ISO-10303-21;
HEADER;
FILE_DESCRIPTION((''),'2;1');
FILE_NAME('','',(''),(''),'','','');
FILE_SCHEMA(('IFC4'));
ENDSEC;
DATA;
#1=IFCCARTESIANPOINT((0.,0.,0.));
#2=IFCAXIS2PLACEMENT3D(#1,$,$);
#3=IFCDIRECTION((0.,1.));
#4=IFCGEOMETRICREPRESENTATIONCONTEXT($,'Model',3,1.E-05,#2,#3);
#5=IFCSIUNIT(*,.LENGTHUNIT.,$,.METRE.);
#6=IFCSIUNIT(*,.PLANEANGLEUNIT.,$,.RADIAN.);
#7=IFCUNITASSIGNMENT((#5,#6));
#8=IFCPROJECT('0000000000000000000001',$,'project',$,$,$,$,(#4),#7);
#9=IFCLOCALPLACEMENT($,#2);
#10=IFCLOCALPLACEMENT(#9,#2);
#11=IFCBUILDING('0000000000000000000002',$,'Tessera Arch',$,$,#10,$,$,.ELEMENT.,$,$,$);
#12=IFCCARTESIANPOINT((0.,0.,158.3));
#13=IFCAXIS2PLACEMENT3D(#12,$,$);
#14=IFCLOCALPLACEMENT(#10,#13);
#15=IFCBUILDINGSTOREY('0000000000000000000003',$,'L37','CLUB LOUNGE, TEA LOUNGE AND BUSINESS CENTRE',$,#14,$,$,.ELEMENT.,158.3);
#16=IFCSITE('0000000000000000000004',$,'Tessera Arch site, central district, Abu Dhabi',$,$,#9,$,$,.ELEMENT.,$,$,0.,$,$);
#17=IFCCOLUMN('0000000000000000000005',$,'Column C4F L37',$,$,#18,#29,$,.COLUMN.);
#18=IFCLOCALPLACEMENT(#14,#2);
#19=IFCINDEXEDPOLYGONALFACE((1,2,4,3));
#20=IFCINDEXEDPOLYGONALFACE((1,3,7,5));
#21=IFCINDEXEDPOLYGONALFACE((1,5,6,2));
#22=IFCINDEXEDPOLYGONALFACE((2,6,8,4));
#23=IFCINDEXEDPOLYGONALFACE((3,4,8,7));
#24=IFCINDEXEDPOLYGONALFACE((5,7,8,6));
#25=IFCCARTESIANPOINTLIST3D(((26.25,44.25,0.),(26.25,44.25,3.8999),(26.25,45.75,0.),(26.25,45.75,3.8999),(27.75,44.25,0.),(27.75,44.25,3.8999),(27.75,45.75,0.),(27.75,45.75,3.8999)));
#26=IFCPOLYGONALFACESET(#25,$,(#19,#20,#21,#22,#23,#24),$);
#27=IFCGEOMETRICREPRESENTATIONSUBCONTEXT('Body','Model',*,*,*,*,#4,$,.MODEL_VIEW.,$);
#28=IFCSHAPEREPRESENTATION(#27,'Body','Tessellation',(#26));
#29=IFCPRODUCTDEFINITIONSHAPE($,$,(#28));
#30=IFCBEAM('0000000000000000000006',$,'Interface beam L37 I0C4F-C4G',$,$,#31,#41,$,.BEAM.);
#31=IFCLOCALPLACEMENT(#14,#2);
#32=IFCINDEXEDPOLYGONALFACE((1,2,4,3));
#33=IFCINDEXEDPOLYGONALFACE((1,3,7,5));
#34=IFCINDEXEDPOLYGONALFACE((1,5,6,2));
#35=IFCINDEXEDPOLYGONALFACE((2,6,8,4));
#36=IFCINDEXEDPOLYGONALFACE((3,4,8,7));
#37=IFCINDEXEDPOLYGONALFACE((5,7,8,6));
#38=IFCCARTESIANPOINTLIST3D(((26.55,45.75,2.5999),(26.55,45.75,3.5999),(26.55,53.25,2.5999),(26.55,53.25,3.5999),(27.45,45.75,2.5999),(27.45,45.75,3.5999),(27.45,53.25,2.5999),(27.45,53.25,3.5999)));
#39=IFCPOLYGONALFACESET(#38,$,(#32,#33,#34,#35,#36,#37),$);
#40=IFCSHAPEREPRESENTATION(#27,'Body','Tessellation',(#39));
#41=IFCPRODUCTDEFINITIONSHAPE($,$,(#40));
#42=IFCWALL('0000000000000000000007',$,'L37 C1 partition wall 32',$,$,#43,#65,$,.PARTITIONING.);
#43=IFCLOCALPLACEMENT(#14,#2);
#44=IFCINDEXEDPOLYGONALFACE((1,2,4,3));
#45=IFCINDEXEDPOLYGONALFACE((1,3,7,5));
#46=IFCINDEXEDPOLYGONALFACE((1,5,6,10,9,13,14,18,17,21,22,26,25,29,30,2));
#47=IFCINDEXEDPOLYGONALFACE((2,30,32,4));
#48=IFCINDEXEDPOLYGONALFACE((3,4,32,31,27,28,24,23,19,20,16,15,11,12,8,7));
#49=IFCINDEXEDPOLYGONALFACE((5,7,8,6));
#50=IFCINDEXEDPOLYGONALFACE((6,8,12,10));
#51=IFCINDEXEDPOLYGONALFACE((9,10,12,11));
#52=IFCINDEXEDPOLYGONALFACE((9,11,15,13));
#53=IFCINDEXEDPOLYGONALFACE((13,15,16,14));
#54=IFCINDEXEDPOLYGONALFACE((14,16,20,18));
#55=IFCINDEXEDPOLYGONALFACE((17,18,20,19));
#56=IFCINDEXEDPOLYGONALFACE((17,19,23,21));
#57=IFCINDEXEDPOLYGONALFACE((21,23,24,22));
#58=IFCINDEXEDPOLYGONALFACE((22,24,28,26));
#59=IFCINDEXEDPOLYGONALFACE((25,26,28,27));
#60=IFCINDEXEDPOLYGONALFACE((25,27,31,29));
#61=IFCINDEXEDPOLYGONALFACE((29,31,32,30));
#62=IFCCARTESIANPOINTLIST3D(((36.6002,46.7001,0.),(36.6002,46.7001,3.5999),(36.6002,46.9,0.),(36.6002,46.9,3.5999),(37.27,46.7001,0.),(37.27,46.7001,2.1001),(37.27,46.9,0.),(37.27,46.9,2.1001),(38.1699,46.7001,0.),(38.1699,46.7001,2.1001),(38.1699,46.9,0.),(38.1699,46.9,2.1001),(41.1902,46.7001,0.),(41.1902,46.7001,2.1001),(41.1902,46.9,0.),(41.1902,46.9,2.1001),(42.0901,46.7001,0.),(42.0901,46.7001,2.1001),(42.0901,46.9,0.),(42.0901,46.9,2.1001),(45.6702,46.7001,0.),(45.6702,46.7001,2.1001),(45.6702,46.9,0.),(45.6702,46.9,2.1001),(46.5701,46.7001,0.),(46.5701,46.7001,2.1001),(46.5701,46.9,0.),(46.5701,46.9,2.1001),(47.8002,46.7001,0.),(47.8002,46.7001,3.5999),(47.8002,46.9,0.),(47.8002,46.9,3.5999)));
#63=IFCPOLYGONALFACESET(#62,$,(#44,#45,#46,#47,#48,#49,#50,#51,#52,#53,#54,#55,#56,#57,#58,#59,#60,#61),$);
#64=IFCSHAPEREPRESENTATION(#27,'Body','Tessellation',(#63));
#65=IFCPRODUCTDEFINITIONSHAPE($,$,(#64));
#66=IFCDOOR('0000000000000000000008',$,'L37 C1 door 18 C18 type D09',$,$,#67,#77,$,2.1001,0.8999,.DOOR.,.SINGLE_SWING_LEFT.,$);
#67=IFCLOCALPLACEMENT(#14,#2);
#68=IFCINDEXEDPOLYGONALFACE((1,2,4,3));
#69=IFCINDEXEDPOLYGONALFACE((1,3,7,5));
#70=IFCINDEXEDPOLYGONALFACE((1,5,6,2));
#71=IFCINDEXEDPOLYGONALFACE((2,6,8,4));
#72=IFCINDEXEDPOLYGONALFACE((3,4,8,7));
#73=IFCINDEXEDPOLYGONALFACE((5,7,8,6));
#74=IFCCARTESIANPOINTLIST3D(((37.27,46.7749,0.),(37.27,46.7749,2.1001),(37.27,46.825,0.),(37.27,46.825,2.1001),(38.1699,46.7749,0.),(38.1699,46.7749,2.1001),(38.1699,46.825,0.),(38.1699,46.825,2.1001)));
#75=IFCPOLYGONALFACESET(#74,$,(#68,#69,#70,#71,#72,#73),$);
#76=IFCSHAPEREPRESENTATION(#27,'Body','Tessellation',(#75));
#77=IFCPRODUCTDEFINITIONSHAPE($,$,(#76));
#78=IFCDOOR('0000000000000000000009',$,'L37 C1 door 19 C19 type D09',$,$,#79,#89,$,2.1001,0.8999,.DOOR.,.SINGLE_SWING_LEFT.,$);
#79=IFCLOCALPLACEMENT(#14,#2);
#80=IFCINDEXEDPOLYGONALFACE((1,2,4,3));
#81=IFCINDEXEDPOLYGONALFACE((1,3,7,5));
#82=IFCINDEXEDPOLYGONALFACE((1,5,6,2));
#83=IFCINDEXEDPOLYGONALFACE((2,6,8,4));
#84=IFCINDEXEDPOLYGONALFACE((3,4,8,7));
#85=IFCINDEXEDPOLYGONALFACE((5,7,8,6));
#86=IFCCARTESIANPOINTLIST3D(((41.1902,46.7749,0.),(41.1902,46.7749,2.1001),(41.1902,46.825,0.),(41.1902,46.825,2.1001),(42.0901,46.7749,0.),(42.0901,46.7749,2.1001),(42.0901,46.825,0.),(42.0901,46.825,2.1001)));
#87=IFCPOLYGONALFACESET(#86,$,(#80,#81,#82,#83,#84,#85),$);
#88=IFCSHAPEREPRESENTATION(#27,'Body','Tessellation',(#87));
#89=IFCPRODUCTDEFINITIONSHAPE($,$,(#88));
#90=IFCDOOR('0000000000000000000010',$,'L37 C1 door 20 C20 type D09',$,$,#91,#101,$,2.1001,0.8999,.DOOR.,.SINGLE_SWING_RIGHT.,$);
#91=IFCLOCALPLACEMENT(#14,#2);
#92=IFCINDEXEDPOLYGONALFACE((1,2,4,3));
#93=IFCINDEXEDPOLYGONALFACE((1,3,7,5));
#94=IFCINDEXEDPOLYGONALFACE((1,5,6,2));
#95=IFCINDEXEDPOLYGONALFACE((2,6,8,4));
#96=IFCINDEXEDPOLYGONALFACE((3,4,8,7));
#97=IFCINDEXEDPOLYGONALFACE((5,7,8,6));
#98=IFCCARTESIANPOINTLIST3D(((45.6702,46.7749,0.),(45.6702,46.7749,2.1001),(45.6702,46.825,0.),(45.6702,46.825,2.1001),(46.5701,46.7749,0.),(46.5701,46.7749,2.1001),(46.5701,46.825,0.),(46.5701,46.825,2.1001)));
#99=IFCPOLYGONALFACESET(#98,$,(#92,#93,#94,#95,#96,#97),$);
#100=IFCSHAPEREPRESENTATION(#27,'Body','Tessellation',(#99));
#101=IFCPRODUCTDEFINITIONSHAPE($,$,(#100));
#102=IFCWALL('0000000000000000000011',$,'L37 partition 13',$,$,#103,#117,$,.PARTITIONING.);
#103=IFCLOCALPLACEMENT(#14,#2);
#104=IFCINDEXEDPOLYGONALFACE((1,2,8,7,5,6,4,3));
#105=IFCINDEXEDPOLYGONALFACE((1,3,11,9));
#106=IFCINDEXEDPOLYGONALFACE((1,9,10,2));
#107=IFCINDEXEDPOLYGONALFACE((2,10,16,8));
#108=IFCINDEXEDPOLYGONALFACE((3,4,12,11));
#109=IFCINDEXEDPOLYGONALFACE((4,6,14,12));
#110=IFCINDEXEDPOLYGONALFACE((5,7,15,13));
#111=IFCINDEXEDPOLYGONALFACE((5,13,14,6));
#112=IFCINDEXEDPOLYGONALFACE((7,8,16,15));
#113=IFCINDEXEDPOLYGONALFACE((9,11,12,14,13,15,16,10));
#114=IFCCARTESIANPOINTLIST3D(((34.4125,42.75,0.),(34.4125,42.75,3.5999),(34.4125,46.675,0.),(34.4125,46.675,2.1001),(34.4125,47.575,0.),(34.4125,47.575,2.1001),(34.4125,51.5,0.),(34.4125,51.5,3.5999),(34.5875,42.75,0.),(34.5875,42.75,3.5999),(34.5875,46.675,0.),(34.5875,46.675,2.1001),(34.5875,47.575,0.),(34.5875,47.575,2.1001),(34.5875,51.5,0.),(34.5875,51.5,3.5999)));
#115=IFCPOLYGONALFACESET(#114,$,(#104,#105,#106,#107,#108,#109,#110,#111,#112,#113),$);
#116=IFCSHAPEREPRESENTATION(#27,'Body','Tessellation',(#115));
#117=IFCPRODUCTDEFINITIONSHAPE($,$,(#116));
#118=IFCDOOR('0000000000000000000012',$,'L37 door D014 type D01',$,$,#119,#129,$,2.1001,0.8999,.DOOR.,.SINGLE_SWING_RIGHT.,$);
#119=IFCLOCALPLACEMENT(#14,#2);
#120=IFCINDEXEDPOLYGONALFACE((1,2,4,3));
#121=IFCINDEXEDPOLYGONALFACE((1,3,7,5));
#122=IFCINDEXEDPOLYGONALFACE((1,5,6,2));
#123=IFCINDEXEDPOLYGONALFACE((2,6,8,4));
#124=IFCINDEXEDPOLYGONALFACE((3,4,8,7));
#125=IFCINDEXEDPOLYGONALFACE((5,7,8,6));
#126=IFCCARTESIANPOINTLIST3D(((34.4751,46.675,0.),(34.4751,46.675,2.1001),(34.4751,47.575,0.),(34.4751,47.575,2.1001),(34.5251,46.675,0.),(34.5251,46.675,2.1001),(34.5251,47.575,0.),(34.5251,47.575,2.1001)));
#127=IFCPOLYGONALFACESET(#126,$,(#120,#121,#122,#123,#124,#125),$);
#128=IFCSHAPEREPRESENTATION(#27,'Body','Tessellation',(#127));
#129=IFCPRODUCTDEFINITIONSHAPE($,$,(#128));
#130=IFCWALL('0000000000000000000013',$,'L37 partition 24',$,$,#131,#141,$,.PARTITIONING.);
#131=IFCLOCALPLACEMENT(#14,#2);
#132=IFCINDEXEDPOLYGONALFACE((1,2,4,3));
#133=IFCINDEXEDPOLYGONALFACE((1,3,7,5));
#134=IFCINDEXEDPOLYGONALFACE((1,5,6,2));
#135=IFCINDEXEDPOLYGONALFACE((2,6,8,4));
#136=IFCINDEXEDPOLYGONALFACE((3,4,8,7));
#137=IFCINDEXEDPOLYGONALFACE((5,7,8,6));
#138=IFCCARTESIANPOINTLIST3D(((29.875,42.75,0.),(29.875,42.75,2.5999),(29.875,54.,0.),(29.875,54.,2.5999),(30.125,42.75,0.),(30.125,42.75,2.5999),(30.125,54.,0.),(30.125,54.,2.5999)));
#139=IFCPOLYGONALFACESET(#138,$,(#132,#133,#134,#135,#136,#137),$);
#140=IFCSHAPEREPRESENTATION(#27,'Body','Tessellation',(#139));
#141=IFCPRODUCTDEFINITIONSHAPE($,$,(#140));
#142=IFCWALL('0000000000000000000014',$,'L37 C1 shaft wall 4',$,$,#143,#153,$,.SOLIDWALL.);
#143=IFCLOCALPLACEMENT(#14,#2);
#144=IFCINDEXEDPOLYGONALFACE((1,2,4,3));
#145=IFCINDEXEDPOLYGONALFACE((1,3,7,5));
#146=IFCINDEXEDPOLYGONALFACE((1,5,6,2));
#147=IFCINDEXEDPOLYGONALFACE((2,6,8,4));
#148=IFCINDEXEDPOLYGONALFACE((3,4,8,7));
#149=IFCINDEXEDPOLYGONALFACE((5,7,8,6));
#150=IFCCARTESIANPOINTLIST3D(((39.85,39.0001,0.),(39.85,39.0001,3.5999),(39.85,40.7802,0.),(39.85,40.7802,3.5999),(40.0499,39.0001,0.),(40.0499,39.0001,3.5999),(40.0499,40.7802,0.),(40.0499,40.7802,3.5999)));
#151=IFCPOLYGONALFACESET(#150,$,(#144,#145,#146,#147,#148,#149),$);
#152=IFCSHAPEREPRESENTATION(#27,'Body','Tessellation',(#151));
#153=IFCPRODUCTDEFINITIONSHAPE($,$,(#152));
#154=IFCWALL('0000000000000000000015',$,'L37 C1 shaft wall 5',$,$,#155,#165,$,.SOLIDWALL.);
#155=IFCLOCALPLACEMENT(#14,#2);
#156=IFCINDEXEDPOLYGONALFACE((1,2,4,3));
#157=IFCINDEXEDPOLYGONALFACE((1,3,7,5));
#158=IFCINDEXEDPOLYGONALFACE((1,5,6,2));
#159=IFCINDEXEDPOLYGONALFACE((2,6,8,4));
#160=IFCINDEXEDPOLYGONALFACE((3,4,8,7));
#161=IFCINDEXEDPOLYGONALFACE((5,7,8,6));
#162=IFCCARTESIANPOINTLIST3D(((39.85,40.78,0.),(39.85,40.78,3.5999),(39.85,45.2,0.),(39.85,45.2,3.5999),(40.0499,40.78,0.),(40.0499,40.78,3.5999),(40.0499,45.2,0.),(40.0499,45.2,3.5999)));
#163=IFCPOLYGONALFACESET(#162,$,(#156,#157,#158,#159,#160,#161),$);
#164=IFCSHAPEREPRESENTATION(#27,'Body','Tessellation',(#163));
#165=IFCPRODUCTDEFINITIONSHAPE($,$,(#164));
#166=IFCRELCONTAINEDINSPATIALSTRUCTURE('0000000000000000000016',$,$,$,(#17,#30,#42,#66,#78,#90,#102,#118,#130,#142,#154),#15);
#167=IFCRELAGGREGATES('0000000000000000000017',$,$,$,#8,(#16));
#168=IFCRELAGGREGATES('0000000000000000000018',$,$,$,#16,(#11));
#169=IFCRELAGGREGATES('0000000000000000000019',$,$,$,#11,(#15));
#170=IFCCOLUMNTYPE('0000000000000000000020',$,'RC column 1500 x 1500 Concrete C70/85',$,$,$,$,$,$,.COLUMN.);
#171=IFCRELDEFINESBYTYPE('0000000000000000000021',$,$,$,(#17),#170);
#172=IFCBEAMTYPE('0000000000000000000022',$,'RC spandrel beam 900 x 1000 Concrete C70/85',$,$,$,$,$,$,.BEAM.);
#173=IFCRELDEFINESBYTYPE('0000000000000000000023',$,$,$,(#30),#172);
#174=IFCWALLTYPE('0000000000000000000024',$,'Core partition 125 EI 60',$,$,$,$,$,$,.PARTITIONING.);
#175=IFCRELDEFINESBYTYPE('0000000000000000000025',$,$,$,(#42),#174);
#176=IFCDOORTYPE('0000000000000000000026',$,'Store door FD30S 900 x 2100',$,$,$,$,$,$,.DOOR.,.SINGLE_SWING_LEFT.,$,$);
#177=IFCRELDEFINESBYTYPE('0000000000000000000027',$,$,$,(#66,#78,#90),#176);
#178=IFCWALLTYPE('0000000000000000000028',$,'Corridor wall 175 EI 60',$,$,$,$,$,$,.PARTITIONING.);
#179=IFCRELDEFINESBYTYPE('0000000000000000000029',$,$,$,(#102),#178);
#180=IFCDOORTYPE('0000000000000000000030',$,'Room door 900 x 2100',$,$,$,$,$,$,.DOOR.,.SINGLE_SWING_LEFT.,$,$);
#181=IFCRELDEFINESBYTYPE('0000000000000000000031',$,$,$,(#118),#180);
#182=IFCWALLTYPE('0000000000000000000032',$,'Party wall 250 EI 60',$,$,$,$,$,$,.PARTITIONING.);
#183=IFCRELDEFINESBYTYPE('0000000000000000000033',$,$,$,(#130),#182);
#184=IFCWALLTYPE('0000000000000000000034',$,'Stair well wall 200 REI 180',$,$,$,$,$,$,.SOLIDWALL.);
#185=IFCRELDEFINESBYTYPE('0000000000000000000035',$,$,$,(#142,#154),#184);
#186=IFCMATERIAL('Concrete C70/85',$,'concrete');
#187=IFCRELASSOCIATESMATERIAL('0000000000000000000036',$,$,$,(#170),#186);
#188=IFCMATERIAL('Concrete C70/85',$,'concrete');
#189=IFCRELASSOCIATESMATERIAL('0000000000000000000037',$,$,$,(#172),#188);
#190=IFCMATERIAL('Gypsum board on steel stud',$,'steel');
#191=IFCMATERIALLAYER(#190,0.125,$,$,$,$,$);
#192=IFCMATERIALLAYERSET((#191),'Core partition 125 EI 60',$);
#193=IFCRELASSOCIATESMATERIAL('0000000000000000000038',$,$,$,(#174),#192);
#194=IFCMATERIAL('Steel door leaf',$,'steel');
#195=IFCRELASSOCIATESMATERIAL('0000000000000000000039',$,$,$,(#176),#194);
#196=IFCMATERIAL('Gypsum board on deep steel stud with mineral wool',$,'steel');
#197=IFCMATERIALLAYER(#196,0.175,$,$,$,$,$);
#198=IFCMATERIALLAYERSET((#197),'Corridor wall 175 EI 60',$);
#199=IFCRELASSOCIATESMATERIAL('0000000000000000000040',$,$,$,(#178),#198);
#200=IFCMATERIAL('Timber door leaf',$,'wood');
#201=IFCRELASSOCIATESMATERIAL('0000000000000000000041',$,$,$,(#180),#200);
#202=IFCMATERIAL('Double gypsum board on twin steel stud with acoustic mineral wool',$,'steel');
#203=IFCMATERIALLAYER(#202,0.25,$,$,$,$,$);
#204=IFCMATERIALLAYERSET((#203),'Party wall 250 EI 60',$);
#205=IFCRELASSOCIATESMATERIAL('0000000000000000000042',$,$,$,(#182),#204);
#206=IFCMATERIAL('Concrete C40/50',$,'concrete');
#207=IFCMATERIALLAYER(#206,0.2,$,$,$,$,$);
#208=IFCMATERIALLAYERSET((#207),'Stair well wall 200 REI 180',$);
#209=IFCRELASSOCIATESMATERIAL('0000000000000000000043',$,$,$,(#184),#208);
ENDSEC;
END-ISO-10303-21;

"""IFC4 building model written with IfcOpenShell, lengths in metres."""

from ifc_helpers import new_model, si_unit, direction, frame, frame_2d, origin, origin_2d, place, context, subcontext, project, spatial, rectangle, extrude, material, layer, layer_set, material_profile, profile_set, type_object, element, fill, save


model = new_model("IFC4")

# Units and contexts
model_context = context("Model", 3, precision=1e-05, world=origin(), true_north=direction((0.0, 1.0)))
body_context = subcontext(model_context, "Body", "Model", "MODEL_VIEW")
ifc_project = project(units=[si_unit("LENGTHUNIT", "METRE"), si_unit("PLANEANGLEUNIT", "RADIAN")], contexts=[model_context])

# Site, building, storey
site_placement = place(None, origin())
site = spatial("IfcSite", under=ifc_project, at=site_placement, Name="Tessera Arch site, central district, Abu Dhabi", CompositionType="ELEMENT", RefElevation=0.0)
building_placement = place(site_placement, origin())
building = spatial("IfcBuilding", under=site, at=building_placement, Name="Tessera Arch", CompositionType="ELEMENT")
storey_placement = place(building_placement, frame((0.0, 0.0, 158.3)))
storey = spatial("IfcBuildingStorey", under=building, at=storey_placement, Name="L37", Description="CLUB LOUNGE, TEA LOUNGE AND BUSINESS CENTRE", CompositionType="ELEMENT", Elevation=158.3)

# Column
ifc_material_1 = material(Name="Concrete C70/85", Category="concrete")
ifc_material_profile_1 = material_profile(ifc_material_1, rectangle(XDim=1.5, YDim=1.5, at=origin_2d()), Name="RC column 1500 x 1500 Concrete C70/85")
ifc_profile_set_1 = profile_set([ifc_material_profile_1], Name="Concrete C70/85")
column_type = type_object("IfcColumnType", Name="RC column 1500 x 1500 Concrete C70/85", PredefinedType="COLUMN", material=ifc_profile_set_1)
column_placement = place(storey_placement, frame((27.0, 45.0, 0.0), z_axis=(0.0, 0.0, 1.0), x_axis=(1.0, 0.0, 0.0)))
element("IfcColumn", 1, at=column_placement, inside=storey, type_object=column_type, Name="Column C4F L37", PredefinedType="COLUMN", context=body_context, shape_type="SweptSolid", body=[
    extrude(rectangle(XDim=1.5, YDim=1.5, at=origin_2d()), origin(), (0.0, 0.0, 1.0), 3.8999),
])

# Beam
ifc_material_2 = material(Name="Concrete C70/85", Category="concrete")
ifc_material_profile_2 = material_profile(ifc_material_2, rectangle(XDim=0.8999, YDim=1.0, at=origin_2d()), Name="RC spandrel beam 900 x 1000 Concrete C70/85")
ifc_profile_set_2 = profile_set([ifc_material_profile_2], Name="Concrete C70/85")
beam_type = type_object("IfcBeamType", Name="RC spandrel beam 900 x 1000 Concrete C70/85", PredefinedType="BEAM", material=ifc_profile_set_2)
beam_placement = place(storey_placement, frame((27.0, 45.75, 3.0999), z_axis=(0.0, 1.0, 0.0), x_axis=(-1.0, 0.0, 0.0)))
element("IfcBeam", 2, at=beam_placement, inside=storey, type_object=beam_type, Name="Interface beam L37 I0C4F-C4G", PredefinedType="BEAM", context=body_context, shape_type="SweptSolid", body=[
    extrude(rectangle(XDim=0.8999, YDim=1.0, at=origin_2d()), origin(), (0.0, 0.0, 1.0), 7.5),
])

# Wall, openings, doors
ifc_material_3 = material(Name="Gypsum board on steel stud", Category="steel")
ifc_layer_1 = layer(ifc_material_3, 0.125)
ifc_layer_set_1 = layer_set([ifc_layer_1], Name="Core partition 125 EI 60")
wall_type_1 = type_object("IfcWallType", Name="Core partition 125 EI 60", PredefinedType="PARTITIONING", material=ifc_layer_set_1)
wall_1_placement = place(storey_placement, frame((36.6001, 46.8, 0.0), z_axis=(0.0, 0.0, 1.0), x_axis=(1.0, 0.0, 0.0)))
wall_1 = element("IfcWall", 3, at=wall_1_placement, inside=storey, type_object=wall_type_1, Name="L37 C1 partition wall 32", PredefinedType="PARTITIONING", context=body_context, shape_type="SweptSolid", body=[
    extrude(rectangle(XDim=11.2, YDim=0.2, at=frame_2d((5.6001, 0.0))), origin(), (0.0, 0.0, 1.0), 3.5999),
])
opening_1_placement = place(wall_1_placement, frame((0.6699, 0.0, 0.0)))
opening_1 = element("IfcOpeningElement", 4, at=opening_1_placement, cuts=wall_1, PredefinedType="OPENING", context=body_context, shape_type="SweptSolid", body=[
    extrude(rectangle(XDim=0.8999, YDim=2.1001, at=frame_2d((0.45, 1.05))), frame((0.0, 0.1099, 0.0), z_axis=(0.0, -1.0, 0.0), x_axis=(1.0, 0.0, 0.0)), (0.0, 0.0, 1.0), 0.22),
])
opening_2_placement = place(wall_1_placement, frame((4.5901, 0.0, 0.0)))
opening_2 = element("IfcOpeningElement", 5, at=opening_2_placement, cuts=wall_1, PredefinedType="OPENING", context=body_context, shape_type="SweptSolid", body=[
    extrude(rectangle(XDim=0.8999, YDim=2.1001, at=frame_2d((0.45, 1.05))), frame((0.0, 0.1099, 0.0), z_axis=(0.0, -1.0, 0.0), x_axis=(1.0, 0.0, 0.0)), (0.0, 0.0, 1.0), 0.22),
])
opening_3_placement = place(wall_1_placement, frame((9.0701, 0.0, 0.0)))
opening_3 = element("IfcOpeningElement", 6, at=opening_3_placement, cuts=wall_1, PredefinedType="OPENING", context=body_context, shape_type="SweptSolid", body=[
    extrude(rectangle(XDim=0.8999, YDim=2.1001, at=frame_2d((0.45, 1.05))), frame((0.0, 0.1099, 0.0), z_axis=(0.0, -1.0, 0.0), x_axis=(1.0, 0.0, 0.0)), (0.0, 0.0, 1.0), 0.22),
])
ifc_material_4 = material(Name="Steel door leaf", Category="steel")
door_type_1 = type_object("IfcDoorType", Name="Store door FD30S 900 x 2100", OperationType="SINGLE_SWING_LEFT", PredefinedType="DOOR", material=ifc_material_4)
door_1_placement = place(opening_1_placement, origin())
door_1 = element("IfcDoor", 7, at=door_1_placement, inside=storey, type_object=door_type_1, Name="L37 C1 door 18 C18 type D09", OperationType="SINGLE_SWING_LEFT", OverallHeight=2.1001, OverallWidth=0.8999, PredefinedType="DOOR", context=body_context, shape_type="SweptSolid", body=[
    extrude(rectangle(XDim=0.8999, YDim=2.1001, at=frame_2d((0.45, 1.05))), frame((0.0, 0.0249, 0.0), z_axis=(0.0, -1.0, 0.0), x_axis=(1.0, 0.0, 0.0)), (0.0, 0.0, 1.0), 0.05),
])
fill(opening_1, door_1)
door_2_placement = place(opening_2_placement, origin())
door_2 = element("IfcDoor", 8, at=door_2_placement, inside=storey, type_object=door_type_1, Name="L37 C1 door 19 C19 type D09", OperationType="SINGLE_SWING_LEFT", OverallHeight=2.1001, OverallWidth=0.8999, PredefinedType="DOOR", context=body_context, shape_type="SweptSolid", body=[
    extrude(rectangle(XDim=0.8999, YDim=2.1001, at=frame_2d((0.45, 1.05))), frame((0.0, 0.0249, 0.0), z_axis=(0.0, -1.0, 0.0), x_axis=(1.0, 0.0, 0.0)), (0.0, 0.0, 1.0), 0.05),
])
fill(opening_2, door_2)
door_3_placement = place(opening_3_placement, origin())
door_3 = element("IfcDoor", 9, at=door_3_placement, inside=storey, type_object=door_type_1, Name="L37 C1 door 20 C20 type D09", OperationType="SINGLE_SWING_RIGHT", OverallHeight=2.1001, OverallWidth=0.8999, PredefinedType="DOOR", context=body_context, shape_type="SweptSolid", body=[
    extrude(rectangle(XDim=0.8999, YDim=2.1001, at=frame_2d((0.45, 1.05))), frame((0.0, 0.0249, 0.0), z_axis=(0.0, -1.0, 0.0), x_axis=(1.0, 0.0, 0.0)), (0.0, 0.0, 1.0), 0.05),
])
fill(opening_3, door_3)

# Wall, opening, door
ifc_material_5 = material(Name="Gypsum board on deep steel stud with mineral wool", Category="steel")
ifc_layer_2 = layer(ifc_material_5, 0.175)
ifc_layer_set_2 = layer_set([ifc_layer_2], Name="Corridor wall 175 EI 60")
wall_type_2 = type_object("IfcWallType", Name="Corridor wall 175 EI 60", PredefinedType="PARTITIONING", material=ifc_layer_set_2)
wall_2_placement = place(storey_placement, frame((34.5, 42.75, 0.0), z_axis=(0.0, 0.0, 1.0), x_axis=(0.0, 1.0, 0.0)))
wall_2 = element("IfcWall", 10, at=wall_2_placement, inside=storey, type_object=wall_type_2, Name="L37 partition 13", PredefinedType="PARTITIONING", context=body_context, shape_type="SweptSolid", body=[
    extrude(rectangle(XDim=8.75, YDim=0.175, at=frame_2d((4.375, 0.0))), origin(), (0.0, 0.0, 1.0), 3.5999),
])
opening_4_placement = place(wall_2_placement, frame((3.925, 0.0, 0.0)))
opening_4 = element("IfcOpeningElement", 11, at=opening_4_placement, cuts=wall_2, PredefinedType="OPENING", context=body_context, shape_type="SweptSolid", body=[
    extrude(rectangle(XDim=0.8999, YDim=2.1001, at=frame_2d((0.45, 1.05))), frame((0.0, 0.0974, 0.0), z_axis=(0.0, -1.0, 0.0), x_axis=(1.0, 0.0, 0.0)), (0.0, 0.0, 1.0), 0.1951),
])
ifc_material_6 = material(Name="Timber door leaf", Category="wood")
door_type_2 = type_object("IfcDoorType", Name="Room door 900 x 2100", OperationType="SINGLE_SWING_LEFT", PredefinedType="DOOR", material=ifc_material_6)
door_4_placement = place(opening_4_placement, origin())
door_4 = element("IfcDoor", 12, at=door_4_placement, inside=storey, type_object=door_type_2, Name="L37 door D014 type D01", OperationType="SINGLE_SWING_RIGHT", OverallHeight=2.1001, OverallWidth=0.8999, PredefinedType="DOOR", context=body_context, shape_type="SweptSolid", body=[
    extrude(rectangle(XDim=0.8999, YDim=2.1001, at=frame_2d((0.45, 1.05))), frame((0.0, 0.0249, 0.0), z_axis=(0.0, -1.0, 0.0), x_axis=(1.0, 0.0, 0.0)), (0.0, 0.0, 1.0), 0.05),
])
fill(opening_4, door_4)

# Walls
ifc_material_7 = material(Name="Double gypsum board on twin steel stud with acoustic mineral wool", Category="steel")
ifc_layer_3 = layer(ifc_material_7, 0.25)
ifc_layer_set_3 = layer_set([ifc_layer_3], Name="Party wall 250 EI 60")
wall_type_3 = type_object("IfcWallType", Name="Party wall 250 EI 60", PredefinedType="PARTITIONING", material=ifc_layer_set_3)
wall_3_placement = place(storey_placement, frame((30.0, 42.75, 0.0), z_axis=(0.0, 0.0, 1.0), x_axis=(0.0, 1.0, 0.0)))
element("IfcWall", 13, at=wall_3_placement, inside=storey, type_object=wall_type_3, Name="L37 partition 24", PredefinedType="PARTITIONING", context=body_context, shape_type="SweptSolid", body=[
    extrude(rectangle(XDim=11.25, YDim=0.25, at=frame_2d((5.625, 0.0))), origin(), (0.0, 0.0, 1.0), 2.5999),
])
ifc_material_8 = material(Name="Concrete C40/50", Category="concrete")
ifc_layer_4 = layer(ifc_material_8, 0.2)
ifc_layer_set_4 = layer_set([ifc_layer_4], Name="Stair well wall 200 REI 180")
wall_type_4 = type_object("IfcWallType", Name="Stair well wall 200 REI 180", PredefinedType="SOLIDWALL", material=ifc_layer_set_4)
wall_4_placement = place(storey_placement, frame((39.95, 39.0, 0.0), z_axis=(0.0, 0.0, 1.0), x_axis=(0.0, 1.0, 0.0)))
element("IfcWall", 14, at=wall_4_placement, inside=storey, type_object=wall_type_4, Name="L37 C1 shaft wall 4", PredefinedType="SOLIDWALL", context=body_context, shape_type="SweptSolid", body=[
    extrude(rectangle(XDim=1.78, YDim=0.2, at=frame_2d((0.8901, 0.0))), origin(), (0.0, 0.0, 1.0), 3.5999),
])
wall_5_placement = place(storey_placement, frame((39.95, 40.78, 0.0), z_axis=(0.0, 0.0, 1.0), x_axis=(0.0, 1.0, 0.0)))
element("IfcWall", 15, at=wall_5_placement, inside=storey, type_object=wall_type_4, Name="L37 C1 shaft wall 5", PredefinedType="SOLIDWALL", context=body_context, shape_type="SweptSolid", body=[
    extrude(rectangle(XDim=4.4199, YDim=0.2, at=frame_2d((2.21, 0.0))), origin(), (0.0, 0.0, 1.0), 3.5999),
])

save(model, "model.ifc")
